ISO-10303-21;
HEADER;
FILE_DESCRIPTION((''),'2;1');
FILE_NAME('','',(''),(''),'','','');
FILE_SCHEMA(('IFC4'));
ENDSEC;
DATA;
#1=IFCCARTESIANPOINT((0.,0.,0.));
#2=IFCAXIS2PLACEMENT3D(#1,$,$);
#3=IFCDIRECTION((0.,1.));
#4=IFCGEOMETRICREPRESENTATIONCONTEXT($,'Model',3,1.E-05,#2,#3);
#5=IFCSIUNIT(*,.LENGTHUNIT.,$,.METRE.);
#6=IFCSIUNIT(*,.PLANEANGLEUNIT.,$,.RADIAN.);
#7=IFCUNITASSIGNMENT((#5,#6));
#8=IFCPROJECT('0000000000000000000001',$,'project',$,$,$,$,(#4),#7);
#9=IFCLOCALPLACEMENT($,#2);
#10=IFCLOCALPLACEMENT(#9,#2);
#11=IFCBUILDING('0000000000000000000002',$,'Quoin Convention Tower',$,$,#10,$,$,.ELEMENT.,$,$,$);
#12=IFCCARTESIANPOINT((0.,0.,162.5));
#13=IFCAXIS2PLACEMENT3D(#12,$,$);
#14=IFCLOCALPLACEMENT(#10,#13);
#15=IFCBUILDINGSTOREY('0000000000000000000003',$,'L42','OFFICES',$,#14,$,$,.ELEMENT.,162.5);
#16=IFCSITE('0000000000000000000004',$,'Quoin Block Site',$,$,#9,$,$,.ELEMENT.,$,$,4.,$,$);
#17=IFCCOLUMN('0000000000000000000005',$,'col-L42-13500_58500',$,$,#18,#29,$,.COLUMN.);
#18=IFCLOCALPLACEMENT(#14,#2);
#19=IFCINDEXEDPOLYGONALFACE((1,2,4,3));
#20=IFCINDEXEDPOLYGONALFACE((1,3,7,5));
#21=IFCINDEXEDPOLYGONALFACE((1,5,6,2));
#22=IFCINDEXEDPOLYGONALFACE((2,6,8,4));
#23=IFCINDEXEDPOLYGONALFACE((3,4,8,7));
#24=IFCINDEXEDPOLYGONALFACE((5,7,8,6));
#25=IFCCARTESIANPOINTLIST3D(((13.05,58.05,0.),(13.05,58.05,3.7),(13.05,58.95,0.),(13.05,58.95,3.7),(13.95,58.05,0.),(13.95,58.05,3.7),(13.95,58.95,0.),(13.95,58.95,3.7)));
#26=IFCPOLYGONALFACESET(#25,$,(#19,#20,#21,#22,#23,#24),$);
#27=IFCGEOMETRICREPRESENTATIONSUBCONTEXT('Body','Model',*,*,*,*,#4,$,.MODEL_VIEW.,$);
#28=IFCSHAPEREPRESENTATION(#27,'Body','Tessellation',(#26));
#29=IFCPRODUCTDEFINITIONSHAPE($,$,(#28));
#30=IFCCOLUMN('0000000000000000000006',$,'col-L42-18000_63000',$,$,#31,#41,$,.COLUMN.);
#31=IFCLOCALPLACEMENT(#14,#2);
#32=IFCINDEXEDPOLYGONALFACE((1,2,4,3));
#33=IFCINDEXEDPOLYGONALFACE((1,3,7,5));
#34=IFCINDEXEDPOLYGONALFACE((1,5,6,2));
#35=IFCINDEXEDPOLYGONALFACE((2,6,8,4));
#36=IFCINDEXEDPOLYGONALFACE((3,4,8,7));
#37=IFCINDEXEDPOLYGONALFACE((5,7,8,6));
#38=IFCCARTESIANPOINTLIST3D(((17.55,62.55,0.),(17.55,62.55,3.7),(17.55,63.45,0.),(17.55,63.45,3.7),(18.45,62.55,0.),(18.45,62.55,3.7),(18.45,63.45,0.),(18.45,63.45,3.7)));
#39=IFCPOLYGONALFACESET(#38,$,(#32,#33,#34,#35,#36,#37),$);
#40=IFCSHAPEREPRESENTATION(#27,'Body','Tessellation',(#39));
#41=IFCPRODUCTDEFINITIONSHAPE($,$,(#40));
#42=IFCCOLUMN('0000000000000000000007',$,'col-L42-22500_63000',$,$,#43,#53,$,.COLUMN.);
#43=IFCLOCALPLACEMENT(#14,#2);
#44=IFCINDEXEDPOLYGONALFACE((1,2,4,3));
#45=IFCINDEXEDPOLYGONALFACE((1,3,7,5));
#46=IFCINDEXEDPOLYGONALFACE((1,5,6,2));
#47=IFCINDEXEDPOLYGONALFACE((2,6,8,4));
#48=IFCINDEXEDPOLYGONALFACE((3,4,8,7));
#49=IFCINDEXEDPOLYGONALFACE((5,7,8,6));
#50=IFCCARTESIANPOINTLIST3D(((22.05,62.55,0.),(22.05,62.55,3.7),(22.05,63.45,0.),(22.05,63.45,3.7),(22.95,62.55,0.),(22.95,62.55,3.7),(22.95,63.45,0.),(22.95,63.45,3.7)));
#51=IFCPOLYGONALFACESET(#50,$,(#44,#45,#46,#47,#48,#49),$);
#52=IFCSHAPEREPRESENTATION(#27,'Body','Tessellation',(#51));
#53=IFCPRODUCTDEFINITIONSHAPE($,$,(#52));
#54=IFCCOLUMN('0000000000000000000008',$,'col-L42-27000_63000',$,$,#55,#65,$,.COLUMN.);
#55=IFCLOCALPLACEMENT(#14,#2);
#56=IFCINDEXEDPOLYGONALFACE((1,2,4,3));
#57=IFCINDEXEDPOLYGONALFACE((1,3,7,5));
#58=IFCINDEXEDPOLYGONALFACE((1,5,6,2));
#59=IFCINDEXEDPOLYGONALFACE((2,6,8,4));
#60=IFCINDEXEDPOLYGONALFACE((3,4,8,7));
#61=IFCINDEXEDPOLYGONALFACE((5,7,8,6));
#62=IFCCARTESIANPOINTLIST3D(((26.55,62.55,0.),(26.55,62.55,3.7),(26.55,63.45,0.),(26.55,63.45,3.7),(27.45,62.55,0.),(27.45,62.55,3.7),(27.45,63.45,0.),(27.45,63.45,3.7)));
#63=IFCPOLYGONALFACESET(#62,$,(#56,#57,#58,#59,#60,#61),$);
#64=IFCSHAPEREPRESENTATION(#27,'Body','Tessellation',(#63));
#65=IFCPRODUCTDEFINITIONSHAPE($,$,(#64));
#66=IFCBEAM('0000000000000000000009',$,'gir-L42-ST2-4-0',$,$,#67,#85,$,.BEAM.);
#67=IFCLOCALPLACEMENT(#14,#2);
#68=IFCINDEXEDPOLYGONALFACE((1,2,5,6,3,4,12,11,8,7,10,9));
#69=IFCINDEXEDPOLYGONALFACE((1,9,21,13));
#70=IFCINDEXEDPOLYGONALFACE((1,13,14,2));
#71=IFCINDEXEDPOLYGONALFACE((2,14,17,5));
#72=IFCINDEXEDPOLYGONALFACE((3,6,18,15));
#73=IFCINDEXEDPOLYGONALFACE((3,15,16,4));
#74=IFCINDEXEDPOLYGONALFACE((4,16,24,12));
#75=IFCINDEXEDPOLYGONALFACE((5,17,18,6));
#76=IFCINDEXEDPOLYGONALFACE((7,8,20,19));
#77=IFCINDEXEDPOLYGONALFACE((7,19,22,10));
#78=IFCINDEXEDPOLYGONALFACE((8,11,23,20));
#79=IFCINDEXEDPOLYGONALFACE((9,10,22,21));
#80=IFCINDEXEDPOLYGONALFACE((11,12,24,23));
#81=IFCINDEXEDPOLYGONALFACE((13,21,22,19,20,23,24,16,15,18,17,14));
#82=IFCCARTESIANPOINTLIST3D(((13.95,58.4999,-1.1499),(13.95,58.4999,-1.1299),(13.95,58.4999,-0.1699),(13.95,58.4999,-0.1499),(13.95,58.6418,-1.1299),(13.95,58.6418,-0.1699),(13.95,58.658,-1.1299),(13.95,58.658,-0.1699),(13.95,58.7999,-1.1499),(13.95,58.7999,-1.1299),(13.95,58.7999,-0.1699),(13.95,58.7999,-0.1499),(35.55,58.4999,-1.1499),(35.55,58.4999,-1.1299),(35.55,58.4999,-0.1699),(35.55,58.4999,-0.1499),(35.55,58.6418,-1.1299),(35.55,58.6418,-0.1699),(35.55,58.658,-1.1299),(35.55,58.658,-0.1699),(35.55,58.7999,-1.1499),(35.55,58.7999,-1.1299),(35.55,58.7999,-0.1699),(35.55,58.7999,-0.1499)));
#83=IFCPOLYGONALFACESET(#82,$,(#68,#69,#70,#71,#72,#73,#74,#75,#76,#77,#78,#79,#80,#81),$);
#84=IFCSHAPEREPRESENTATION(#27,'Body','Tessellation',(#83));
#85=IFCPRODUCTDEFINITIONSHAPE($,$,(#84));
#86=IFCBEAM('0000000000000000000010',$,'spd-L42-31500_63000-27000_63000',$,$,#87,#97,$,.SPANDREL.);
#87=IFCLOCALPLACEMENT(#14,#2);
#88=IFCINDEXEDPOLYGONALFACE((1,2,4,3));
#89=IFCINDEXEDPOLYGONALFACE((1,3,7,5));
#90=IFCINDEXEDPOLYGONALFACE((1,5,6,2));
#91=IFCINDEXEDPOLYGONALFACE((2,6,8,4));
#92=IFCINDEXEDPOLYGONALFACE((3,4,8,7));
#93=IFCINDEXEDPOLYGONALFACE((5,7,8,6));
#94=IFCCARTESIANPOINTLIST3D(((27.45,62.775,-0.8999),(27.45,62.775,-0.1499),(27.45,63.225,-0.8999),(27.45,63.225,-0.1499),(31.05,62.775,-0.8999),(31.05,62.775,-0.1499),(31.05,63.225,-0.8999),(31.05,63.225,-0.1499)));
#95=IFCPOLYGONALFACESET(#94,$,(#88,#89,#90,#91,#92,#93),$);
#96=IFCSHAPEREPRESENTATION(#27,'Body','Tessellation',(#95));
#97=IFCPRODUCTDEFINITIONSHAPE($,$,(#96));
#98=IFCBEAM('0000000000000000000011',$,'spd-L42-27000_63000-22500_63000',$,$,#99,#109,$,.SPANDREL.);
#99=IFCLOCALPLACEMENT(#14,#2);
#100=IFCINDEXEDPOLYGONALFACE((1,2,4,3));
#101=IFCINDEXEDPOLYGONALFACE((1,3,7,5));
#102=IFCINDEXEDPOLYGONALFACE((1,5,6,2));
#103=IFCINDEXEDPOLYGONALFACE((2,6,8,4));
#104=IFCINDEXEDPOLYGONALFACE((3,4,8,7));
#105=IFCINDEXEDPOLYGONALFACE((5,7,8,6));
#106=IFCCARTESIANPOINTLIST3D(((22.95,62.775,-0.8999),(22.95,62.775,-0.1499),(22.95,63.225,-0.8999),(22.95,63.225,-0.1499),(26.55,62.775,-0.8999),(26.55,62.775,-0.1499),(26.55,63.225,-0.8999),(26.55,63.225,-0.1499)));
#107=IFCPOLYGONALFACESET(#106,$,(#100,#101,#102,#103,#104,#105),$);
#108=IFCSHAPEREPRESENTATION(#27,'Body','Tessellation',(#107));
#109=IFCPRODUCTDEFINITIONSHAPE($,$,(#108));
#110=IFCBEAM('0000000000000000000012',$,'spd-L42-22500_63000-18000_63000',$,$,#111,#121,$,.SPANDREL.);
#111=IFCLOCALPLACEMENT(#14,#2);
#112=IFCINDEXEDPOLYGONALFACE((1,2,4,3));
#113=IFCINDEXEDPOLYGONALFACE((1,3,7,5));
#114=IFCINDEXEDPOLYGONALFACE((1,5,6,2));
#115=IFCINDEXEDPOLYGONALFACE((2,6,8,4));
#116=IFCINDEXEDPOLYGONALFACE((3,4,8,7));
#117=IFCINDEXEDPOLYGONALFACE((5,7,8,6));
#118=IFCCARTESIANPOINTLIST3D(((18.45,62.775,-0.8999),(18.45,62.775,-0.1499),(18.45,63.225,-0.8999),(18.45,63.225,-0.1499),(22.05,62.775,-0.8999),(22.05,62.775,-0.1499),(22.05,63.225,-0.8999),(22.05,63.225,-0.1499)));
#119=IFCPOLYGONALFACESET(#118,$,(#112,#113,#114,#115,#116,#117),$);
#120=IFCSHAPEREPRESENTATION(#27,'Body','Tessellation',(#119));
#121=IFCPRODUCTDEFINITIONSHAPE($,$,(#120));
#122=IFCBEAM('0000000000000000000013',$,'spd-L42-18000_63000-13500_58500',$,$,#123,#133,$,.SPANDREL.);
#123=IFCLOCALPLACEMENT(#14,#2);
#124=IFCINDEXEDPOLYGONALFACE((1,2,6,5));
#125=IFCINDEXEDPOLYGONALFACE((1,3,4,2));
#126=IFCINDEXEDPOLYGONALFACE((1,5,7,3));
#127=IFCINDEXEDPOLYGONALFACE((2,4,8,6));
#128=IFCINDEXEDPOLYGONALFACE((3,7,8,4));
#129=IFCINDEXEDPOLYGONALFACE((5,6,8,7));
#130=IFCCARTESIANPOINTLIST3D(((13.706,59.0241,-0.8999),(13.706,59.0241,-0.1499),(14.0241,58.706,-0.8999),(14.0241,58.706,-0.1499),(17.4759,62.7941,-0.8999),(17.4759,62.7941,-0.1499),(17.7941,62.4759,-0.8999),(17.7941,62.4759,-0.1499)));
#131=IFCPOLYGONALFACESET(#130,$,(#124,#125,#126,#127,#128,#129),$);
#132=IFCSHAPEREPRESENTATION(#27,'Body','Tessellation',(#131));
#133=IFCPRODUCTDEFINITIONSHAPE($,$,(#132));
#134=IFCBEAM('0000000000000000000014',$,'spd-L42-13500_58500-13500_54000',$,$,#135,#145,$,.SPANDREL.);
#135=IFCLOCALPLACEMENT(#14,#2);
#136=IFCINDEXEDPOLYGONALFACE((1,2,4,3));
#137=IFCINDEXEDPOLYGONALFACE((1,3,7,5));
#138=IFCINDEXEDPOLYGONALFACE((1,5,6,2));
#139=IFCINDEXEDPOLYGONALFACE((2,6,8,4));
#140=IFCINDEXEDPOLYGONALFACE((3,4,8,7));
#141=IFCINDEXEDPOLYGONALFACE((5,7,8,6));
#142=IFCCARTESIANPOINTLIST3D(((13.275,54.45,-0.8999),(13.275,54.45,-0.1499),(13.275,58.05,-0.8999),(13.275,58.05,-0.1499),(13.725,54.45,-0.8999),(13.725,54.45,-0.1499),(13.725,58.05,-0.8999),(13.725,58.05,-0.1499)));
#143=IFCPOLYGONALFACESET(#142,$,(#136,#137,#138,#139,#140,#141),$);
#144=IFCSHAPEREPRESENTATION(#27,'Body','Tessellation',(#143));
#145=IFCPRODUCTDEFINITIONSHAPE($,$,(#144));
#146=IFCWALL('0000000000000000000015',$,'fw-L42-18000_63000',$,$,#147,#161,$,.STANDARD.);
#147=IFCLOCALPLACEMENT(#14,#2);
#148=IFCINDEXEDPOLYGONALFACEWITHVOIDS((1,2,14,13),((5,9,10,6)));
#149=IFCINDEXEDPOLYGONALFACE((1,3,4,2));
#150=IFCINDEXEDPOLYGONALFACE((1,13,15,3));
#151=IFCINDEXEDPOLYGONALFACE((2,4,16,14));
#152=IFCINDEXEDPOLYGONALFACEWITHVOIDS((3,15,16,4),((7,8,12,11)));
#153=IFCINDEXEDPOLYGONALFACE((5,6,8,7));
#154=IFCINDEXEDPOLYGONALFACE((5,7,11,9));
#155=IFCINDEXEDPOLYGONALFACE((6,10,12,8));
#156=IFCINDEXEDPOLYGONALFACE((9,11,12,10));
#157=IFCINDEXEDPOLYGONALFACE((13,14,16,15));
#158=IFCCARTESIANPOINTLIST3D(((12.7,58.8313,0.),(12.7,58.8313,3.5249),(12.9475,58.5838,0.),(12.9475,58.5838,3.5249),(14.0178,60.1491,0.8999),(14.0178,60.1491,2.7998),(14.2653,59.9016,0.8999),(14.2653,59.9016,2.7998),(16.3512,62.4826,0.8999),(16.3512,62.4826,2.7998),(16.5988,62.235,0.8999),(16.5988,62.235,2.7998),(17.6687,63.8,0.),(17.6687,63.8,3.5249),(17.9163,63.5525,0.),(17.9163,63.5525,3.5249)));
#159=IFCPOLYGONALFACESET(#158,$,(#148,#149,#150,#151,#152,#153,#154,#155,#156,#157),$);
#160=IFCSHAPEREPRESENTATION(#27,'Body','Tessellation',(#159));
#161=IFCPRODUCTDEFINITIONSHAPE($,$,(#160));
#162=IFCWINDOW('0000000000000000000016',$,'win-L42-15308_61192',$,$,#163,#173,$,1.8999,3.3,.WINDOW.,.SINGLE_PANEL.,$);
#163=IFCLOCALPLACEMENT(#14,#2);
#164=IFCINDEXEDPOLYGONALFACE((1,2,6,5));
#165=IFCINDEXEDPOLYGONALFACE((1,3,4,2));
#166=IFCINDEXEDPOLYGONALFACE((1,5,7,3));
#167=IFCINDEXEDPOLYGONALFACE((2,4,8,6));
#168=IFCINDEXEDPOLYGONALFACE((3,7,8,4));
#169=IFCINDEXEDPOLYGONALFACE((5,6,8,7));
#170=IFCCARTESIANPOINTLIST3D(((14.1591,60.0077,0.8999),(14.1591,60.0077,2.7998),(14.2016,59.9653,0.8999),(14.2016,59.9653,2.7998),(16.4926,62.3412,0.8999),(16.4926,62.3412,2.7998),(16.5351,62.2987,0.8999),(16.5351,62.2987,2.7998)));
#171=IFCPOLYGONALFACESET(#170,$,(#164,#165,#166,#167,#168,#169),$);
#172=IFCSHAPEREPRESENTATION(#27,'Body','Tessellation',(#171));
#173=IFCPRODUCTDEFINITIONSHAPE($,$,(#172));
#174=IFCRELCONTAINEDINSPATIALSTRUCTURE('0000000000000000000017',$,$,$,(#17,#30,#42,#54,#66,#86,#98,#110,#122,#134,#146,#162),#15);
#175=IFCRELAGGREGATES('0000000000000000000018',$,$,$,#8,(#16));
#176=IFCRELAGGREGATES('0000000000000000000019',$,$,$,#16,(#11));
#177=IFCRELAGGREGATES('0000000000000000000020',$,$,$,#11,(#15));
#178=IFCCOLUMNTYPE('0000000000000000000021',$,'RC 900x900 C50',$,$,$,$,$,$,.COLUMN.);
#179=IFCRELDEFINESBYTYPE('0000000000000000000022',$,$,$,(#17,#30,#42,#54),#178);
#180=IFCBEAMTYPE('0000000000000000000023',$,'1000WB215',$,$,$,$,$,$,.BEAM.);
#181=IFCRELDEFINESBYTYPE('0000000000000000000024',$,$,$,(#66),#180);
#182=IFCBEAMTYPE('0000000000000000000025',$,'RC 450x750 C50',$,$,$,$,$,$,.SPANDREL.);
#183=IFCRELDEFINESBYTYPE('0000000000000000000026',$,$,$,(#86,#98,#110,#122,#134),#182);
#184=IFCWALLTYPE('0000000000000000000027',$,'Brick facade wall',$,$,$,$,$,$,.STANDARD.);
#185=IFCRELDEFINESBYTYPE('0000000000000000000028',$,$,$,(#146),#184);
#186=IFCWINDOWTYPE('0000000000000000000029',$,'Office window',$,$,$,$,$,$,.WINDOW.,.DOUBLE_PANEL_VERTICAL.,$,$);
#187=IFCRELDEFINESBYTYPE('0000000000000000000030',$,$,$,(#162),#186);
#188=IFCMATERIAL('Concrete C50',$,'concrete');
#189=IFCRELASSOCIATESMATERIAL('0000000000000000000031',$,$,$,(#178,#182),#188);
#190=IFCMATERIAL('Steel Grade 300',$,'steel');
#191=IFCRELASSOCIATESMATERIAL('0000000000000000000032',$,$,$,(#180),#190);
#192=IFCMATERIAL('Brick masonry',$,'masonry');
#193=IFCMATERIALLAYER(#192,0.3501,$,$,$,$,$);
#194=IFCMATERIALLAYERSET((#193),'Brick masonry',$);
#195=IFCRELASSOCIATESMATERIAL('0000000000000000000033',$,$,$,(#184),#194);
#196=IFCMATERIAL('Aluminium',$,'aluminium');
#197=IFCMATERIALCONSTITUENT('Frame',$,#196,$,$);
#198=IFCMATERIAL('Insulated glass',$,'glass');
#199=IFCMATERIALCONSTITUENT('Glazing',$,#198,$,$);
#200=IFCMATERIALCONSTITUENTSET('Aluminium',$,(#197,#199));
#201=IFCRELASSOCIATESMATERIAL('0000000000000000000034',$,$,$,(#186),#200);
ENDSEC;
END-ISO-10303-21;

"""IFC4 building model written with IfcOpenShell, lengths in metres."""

from ifc_helpers import new_model, si_unit, direction, frame, frame_2d, origin, origin_2d, place, context, subcontext, project, spatial, rectangle, i_section, extrude, material, layer, layer_set, constituent, constituent_set, material_profile, profile_set, type_object, element, fill, save


model = new_model("IFC4")

# Units and contexts
model_context = context("Model", 3, precision=1e-05, world=origin(), true_north=direction((0.0, 1.0)))
body_context = subcontext(model_context, "Body", "Model", "MODEL_VIEW")
ifc_project = project(units=[si_unit("LENGTHUNIT", "METRE"), si_unit("PLANEANGLEUNIT", "RADIAN")], contexts=[model_context])

# Site, building, storey
site_placement = place(None, origin())
site = spatial("IfcSite", under=ifc_project, at=site_placement, Name="Quoin Block Site", CompositionType="ELEMENT", RefElevation=4.0)
building_placement = place(site_placement, origin())
building = spatial("IfcBuilding", under=site, at=building_placement, Name="Quoin Convention Tower", CompositionType="ELEMENT")
storey_placement = place(building_placement, frame((0.0, 0.0, 162.5)))
storey = spatial("IfcBuildingStorey", under=building, at=storey_placement, Name="L42", Description="OFFICES", CompositionType="ELEMENT", Elevation=162.5)

# Columns
ifc_material_1 = material(Name="Concrete C50", Category="concrete")
ifc_material_profile_1 = material_profile(ifc_material_1, rectangle(XDim=0.8999, YDim=0.8999, at=origin_2d()), Name="RC 900x900")
ifc_profile_set_1 = profile_set([ifc_material_profile_1], Name="Concrete C50")
column_type = type_object("IfcColumnType", Name="RC 900x900 C50", PredefinedType="COLUMN", material=ifc_profile_set_1)
for number, where, z_axis, x_axis, name in (
    (1, (13.5, 58.5, 0.0), (0.0, 0.0, 1.0), (1.0, 0.0, 0.0), "col-L42-13500_58500"),
    (2, (18.0, 63.0, 0.0), (0.0, 0.0, 1.0), (1.0, 0.0, 0.0), "col-L42-18000_63000"),
    (3, (22.5, 63.0, 0.0), (0.0, 0.0, 1.0), (1.0, 0.0, 0.0), "col-L42-22500_63000"),
    (4, (27.0, 63.0, 0.0), (0.0, 0.0, 1.0), (1.0, 0.0, 0.0), "col-L42-27000_63000"),
):
    element("IfcColumn", number, at=place(storey_placement, frame(where, z_axis=z_axis, x_axis=x_axis)), inside=storey, type_object=column_type, Name=name, PredefinedType="COLUMN", context=body_context, shape_type="SweptSolid", body=[
        extrude(rectangle(XDim=0.8999, YDim=0.8999, at=origin_2d()), origin(), (0.0, 0.0, 1.0), 3.7),
    ])

# Beams
ifc_material_2 = material(Name="Steel Grade 300", Category="steel")
ifc_material_profile_2 = material_profile(ifc_material_2, i_section(OverallWidth=0.3, OverallDepth=1.0, WebThickness=0.0161, FlangeThickness=0.02, at=origin_2d()), Name="1000WB215")
ifc_profile_set_2 = profile_set([ifc_material_profile_2], Name="Steel Grade 300")
beam_type_1 = type_object("IfcBeamType", Name="1000WB215", PredefinedType="BEAM", material=ifc_profile_set_2)
beam_1_placement = place(storey_placement, frame((13.95, 58.6499, -0.6499), z_axis=(1.0, 0.0, 0.0), x_axis=(0.0, 1.0, 0.0)))
element("IfcBeam", 5, at=beam_1_placement, inside=storey, type_object=beam_type_1, Name="gir-L42-ST2-4-0", PredefinedType="BEAM", context=body_context, shape_type="SweptSolid", body=[
    extrude(i_section(OverallWidth=0.3, OverallDepth=1.0, WebThickness=0.0161, FlangeThickness=0.02, at=origin_2d()), origin(), (0.0, 0.0, 1.0), 21.6001),
])
ifc_material_profile_3 = material_profile(ifc_material_1, rectangle(XDim=0.45, YDim=0.75, at=origin_2d()), Name="RC 450x750")
ifc_profile_set_3 = profile_set([ifc_material_profile_3], Name="Concrete C50")
beam_type_2 = type_object("IfcBeamType", Name="RC 450x750 C50", PredefinedType="SPANDREL", material=ifc_profile_set_3)
for number, where, z_axis, x_axis, name in (
    (6, (31.05, 63.0, -0.5249), (-1.0, 0.0, 0.0), (0.0, -1.0, 0.0), "spd-L42-31500_63000-27000_63000"),
    (7, (26.55, 63.0, -0.5249), (-1.0, 0.0, 0.0), (0.0, -1.0, 0.0), "spd-L42-27000_63000-22500_63000"),
    (8, (22.05, 63.0, -0.5249), (-1.0, 0.0, 0.0), (0.0, -1.0, 0.0), "spd-L42-22500_63000-18000_63000"),
):
    element("IfcBeam", number, at=place(storey_placement, frame(where, z_axis=z_axis, x_axis=x_axis)), inside=storey, type_object=beam_type_2, Name=name, PredefinedType="SPANDREL", context=body_context, shape_type="SweptSolid", body=[
        extrude(rectangle(XDim=0.45, YDim=0.75, at=origin_2d()), origin(), (0.0, 0.0, 1.0), 3.6001),
    ])
beam_2_placement = place(storey_placement, frame((17.635, 62.635, -0.5249), z_axis=(-0.707107, -0.707107, 0.0), x_axis=(0.707107, -0.707107, 0.0)))
element("IfcBeam", 9, at=beam_2_placement, inside=storey, type_object=beam_type_2, Name="spd-L42-18000_63000-13500_58500", PredefinedType="SPANDREL", context=body_context, shape_type="SweptSolid", body=[
    extrude(rectangle(XDim=0.45, YDim=0.75, at=origin_2d()), origin(), (0.0, 0.0, 1.0), 5.3315),
])
beam_3_placement = place(storey_placement, frame((13.5, 58.05, -0.5249), z_axis=(0.0, -1.0, 0.0), x_axis=(1.0, 0.0, 0.0)))
element("IfcBeam", 10, at=beam_3_placement, inside=storey, type_object=beam_type_2, Name="spd-L42-13500_58500-13500_54000", PredefinedType="SPANDREL", context=body_context, shape_type="SweptSolid", body=[
    extrude(rectangle(XDim=0.45, YDim=0.75, at=origin_2d()), origin(), (0.0, 0.0, 1.0), 3.6001),
])

# Wall, opening, window
ifc_material_3 = material(Name="Brick masonry", Category="masonry")
ifc_layer_1 = layer(ifc_material_3, 0.3501)
ifc_layer_set_1 = layer_set([ifc_layer_1], Name="Brick masonry")
wall_type_1 = type_object("IfcWallType", Name="Brick facade wall", PredefinedType="STANDARD", material=ifc_layer_set_1)
wall_1_placement = place(storey_placement, frame((17.7925, 63.6763, 0.0), z_axis=(0.0, 0.0, 1.0), x_axis=(-0.707107, -0.707107, 0.0)))
wall_1 = element("IfcWall", 11, at=wall_1_placement, inside=storey, type_object=wall_type_1, Name="fw-L42-18000_63000", PredefinedType="STANDARD", context=body_context, shape_type="SweptSolid", body=[
    extrude(rectangle(XDim=7.0269, YDim=0.3501, at=frame_2d((3.5134, 0.0))), origin(), (0.0, 0.0, 1.0), 3.5249),
])
opening_1_placement = place(wall_1_placement, frame((1.8633, 0.0, 0.8999)))
opening_1 = element("IfcOpeningElement", 12, at=opening_1_placement, cuts=wall_1, PredefinedType="OPENING", context=body_context, shape_type="SweptSolid", body=[
    extrude(rectangle(XDim=3.3, YDim=1.8999, at=frame_2d((1.6499, 0.95))), frame((0.0, 0.1851, 0.0), z_axis=(0.0, -1.0, 0.0), x_axis=(1.0, 0.0, 0.0)), (0.0, 0.0, 1.0), 0.3701),
])
ifc_material_4 = material(Name="Aluminium", Category="aluminium")
ifc_constituent_1 = constituent(ifc_material_4, Name="Frame")
ifc_material_5 = material(Name="Insulated glass", Category="glass")
ifc_constituent_2 = constituent(ifc_material_5, Name="Glazing")
ifc_constituent_set = constituent_set(constituents=[ifc_constituent_1, ifc_constituent_2], Name="Aluminium")
window_type = type_object("IfcWindowType", Name="Office window", PartitioningType="DOUBLE_PANEL_VERTICAL", PredefinedType="WINDOW", material=ifc_constituent_set)
window_1_placement = place(opening_1_placement, origin())
window_1 = element("IfcWindow", 13, at=window_1_placement, inside=storey, type_object=window_type, Name="win-L42-15308_61192", OverallHeight=1.8999, OverallWidth=3.3, PartitioningType="SINGLE_PANEL", PredefinedType="WINDOW", context=body_context, shape_type="SweptSolid", body=[
    extrude(rectangle(XDim=3.3, YDim=1.8999, at=frame_2d((1.6499, 0.95))), frame((0.0, 0.085, 0.0), z_axis=(0.0, -1.0, 0.0), x_axis=(1.0, 0.0, 0.0)), (0.0, 0.0, 1.0), 0.0601),
])
fill(opening_1, window_1)

save(model, "model.ifc")
